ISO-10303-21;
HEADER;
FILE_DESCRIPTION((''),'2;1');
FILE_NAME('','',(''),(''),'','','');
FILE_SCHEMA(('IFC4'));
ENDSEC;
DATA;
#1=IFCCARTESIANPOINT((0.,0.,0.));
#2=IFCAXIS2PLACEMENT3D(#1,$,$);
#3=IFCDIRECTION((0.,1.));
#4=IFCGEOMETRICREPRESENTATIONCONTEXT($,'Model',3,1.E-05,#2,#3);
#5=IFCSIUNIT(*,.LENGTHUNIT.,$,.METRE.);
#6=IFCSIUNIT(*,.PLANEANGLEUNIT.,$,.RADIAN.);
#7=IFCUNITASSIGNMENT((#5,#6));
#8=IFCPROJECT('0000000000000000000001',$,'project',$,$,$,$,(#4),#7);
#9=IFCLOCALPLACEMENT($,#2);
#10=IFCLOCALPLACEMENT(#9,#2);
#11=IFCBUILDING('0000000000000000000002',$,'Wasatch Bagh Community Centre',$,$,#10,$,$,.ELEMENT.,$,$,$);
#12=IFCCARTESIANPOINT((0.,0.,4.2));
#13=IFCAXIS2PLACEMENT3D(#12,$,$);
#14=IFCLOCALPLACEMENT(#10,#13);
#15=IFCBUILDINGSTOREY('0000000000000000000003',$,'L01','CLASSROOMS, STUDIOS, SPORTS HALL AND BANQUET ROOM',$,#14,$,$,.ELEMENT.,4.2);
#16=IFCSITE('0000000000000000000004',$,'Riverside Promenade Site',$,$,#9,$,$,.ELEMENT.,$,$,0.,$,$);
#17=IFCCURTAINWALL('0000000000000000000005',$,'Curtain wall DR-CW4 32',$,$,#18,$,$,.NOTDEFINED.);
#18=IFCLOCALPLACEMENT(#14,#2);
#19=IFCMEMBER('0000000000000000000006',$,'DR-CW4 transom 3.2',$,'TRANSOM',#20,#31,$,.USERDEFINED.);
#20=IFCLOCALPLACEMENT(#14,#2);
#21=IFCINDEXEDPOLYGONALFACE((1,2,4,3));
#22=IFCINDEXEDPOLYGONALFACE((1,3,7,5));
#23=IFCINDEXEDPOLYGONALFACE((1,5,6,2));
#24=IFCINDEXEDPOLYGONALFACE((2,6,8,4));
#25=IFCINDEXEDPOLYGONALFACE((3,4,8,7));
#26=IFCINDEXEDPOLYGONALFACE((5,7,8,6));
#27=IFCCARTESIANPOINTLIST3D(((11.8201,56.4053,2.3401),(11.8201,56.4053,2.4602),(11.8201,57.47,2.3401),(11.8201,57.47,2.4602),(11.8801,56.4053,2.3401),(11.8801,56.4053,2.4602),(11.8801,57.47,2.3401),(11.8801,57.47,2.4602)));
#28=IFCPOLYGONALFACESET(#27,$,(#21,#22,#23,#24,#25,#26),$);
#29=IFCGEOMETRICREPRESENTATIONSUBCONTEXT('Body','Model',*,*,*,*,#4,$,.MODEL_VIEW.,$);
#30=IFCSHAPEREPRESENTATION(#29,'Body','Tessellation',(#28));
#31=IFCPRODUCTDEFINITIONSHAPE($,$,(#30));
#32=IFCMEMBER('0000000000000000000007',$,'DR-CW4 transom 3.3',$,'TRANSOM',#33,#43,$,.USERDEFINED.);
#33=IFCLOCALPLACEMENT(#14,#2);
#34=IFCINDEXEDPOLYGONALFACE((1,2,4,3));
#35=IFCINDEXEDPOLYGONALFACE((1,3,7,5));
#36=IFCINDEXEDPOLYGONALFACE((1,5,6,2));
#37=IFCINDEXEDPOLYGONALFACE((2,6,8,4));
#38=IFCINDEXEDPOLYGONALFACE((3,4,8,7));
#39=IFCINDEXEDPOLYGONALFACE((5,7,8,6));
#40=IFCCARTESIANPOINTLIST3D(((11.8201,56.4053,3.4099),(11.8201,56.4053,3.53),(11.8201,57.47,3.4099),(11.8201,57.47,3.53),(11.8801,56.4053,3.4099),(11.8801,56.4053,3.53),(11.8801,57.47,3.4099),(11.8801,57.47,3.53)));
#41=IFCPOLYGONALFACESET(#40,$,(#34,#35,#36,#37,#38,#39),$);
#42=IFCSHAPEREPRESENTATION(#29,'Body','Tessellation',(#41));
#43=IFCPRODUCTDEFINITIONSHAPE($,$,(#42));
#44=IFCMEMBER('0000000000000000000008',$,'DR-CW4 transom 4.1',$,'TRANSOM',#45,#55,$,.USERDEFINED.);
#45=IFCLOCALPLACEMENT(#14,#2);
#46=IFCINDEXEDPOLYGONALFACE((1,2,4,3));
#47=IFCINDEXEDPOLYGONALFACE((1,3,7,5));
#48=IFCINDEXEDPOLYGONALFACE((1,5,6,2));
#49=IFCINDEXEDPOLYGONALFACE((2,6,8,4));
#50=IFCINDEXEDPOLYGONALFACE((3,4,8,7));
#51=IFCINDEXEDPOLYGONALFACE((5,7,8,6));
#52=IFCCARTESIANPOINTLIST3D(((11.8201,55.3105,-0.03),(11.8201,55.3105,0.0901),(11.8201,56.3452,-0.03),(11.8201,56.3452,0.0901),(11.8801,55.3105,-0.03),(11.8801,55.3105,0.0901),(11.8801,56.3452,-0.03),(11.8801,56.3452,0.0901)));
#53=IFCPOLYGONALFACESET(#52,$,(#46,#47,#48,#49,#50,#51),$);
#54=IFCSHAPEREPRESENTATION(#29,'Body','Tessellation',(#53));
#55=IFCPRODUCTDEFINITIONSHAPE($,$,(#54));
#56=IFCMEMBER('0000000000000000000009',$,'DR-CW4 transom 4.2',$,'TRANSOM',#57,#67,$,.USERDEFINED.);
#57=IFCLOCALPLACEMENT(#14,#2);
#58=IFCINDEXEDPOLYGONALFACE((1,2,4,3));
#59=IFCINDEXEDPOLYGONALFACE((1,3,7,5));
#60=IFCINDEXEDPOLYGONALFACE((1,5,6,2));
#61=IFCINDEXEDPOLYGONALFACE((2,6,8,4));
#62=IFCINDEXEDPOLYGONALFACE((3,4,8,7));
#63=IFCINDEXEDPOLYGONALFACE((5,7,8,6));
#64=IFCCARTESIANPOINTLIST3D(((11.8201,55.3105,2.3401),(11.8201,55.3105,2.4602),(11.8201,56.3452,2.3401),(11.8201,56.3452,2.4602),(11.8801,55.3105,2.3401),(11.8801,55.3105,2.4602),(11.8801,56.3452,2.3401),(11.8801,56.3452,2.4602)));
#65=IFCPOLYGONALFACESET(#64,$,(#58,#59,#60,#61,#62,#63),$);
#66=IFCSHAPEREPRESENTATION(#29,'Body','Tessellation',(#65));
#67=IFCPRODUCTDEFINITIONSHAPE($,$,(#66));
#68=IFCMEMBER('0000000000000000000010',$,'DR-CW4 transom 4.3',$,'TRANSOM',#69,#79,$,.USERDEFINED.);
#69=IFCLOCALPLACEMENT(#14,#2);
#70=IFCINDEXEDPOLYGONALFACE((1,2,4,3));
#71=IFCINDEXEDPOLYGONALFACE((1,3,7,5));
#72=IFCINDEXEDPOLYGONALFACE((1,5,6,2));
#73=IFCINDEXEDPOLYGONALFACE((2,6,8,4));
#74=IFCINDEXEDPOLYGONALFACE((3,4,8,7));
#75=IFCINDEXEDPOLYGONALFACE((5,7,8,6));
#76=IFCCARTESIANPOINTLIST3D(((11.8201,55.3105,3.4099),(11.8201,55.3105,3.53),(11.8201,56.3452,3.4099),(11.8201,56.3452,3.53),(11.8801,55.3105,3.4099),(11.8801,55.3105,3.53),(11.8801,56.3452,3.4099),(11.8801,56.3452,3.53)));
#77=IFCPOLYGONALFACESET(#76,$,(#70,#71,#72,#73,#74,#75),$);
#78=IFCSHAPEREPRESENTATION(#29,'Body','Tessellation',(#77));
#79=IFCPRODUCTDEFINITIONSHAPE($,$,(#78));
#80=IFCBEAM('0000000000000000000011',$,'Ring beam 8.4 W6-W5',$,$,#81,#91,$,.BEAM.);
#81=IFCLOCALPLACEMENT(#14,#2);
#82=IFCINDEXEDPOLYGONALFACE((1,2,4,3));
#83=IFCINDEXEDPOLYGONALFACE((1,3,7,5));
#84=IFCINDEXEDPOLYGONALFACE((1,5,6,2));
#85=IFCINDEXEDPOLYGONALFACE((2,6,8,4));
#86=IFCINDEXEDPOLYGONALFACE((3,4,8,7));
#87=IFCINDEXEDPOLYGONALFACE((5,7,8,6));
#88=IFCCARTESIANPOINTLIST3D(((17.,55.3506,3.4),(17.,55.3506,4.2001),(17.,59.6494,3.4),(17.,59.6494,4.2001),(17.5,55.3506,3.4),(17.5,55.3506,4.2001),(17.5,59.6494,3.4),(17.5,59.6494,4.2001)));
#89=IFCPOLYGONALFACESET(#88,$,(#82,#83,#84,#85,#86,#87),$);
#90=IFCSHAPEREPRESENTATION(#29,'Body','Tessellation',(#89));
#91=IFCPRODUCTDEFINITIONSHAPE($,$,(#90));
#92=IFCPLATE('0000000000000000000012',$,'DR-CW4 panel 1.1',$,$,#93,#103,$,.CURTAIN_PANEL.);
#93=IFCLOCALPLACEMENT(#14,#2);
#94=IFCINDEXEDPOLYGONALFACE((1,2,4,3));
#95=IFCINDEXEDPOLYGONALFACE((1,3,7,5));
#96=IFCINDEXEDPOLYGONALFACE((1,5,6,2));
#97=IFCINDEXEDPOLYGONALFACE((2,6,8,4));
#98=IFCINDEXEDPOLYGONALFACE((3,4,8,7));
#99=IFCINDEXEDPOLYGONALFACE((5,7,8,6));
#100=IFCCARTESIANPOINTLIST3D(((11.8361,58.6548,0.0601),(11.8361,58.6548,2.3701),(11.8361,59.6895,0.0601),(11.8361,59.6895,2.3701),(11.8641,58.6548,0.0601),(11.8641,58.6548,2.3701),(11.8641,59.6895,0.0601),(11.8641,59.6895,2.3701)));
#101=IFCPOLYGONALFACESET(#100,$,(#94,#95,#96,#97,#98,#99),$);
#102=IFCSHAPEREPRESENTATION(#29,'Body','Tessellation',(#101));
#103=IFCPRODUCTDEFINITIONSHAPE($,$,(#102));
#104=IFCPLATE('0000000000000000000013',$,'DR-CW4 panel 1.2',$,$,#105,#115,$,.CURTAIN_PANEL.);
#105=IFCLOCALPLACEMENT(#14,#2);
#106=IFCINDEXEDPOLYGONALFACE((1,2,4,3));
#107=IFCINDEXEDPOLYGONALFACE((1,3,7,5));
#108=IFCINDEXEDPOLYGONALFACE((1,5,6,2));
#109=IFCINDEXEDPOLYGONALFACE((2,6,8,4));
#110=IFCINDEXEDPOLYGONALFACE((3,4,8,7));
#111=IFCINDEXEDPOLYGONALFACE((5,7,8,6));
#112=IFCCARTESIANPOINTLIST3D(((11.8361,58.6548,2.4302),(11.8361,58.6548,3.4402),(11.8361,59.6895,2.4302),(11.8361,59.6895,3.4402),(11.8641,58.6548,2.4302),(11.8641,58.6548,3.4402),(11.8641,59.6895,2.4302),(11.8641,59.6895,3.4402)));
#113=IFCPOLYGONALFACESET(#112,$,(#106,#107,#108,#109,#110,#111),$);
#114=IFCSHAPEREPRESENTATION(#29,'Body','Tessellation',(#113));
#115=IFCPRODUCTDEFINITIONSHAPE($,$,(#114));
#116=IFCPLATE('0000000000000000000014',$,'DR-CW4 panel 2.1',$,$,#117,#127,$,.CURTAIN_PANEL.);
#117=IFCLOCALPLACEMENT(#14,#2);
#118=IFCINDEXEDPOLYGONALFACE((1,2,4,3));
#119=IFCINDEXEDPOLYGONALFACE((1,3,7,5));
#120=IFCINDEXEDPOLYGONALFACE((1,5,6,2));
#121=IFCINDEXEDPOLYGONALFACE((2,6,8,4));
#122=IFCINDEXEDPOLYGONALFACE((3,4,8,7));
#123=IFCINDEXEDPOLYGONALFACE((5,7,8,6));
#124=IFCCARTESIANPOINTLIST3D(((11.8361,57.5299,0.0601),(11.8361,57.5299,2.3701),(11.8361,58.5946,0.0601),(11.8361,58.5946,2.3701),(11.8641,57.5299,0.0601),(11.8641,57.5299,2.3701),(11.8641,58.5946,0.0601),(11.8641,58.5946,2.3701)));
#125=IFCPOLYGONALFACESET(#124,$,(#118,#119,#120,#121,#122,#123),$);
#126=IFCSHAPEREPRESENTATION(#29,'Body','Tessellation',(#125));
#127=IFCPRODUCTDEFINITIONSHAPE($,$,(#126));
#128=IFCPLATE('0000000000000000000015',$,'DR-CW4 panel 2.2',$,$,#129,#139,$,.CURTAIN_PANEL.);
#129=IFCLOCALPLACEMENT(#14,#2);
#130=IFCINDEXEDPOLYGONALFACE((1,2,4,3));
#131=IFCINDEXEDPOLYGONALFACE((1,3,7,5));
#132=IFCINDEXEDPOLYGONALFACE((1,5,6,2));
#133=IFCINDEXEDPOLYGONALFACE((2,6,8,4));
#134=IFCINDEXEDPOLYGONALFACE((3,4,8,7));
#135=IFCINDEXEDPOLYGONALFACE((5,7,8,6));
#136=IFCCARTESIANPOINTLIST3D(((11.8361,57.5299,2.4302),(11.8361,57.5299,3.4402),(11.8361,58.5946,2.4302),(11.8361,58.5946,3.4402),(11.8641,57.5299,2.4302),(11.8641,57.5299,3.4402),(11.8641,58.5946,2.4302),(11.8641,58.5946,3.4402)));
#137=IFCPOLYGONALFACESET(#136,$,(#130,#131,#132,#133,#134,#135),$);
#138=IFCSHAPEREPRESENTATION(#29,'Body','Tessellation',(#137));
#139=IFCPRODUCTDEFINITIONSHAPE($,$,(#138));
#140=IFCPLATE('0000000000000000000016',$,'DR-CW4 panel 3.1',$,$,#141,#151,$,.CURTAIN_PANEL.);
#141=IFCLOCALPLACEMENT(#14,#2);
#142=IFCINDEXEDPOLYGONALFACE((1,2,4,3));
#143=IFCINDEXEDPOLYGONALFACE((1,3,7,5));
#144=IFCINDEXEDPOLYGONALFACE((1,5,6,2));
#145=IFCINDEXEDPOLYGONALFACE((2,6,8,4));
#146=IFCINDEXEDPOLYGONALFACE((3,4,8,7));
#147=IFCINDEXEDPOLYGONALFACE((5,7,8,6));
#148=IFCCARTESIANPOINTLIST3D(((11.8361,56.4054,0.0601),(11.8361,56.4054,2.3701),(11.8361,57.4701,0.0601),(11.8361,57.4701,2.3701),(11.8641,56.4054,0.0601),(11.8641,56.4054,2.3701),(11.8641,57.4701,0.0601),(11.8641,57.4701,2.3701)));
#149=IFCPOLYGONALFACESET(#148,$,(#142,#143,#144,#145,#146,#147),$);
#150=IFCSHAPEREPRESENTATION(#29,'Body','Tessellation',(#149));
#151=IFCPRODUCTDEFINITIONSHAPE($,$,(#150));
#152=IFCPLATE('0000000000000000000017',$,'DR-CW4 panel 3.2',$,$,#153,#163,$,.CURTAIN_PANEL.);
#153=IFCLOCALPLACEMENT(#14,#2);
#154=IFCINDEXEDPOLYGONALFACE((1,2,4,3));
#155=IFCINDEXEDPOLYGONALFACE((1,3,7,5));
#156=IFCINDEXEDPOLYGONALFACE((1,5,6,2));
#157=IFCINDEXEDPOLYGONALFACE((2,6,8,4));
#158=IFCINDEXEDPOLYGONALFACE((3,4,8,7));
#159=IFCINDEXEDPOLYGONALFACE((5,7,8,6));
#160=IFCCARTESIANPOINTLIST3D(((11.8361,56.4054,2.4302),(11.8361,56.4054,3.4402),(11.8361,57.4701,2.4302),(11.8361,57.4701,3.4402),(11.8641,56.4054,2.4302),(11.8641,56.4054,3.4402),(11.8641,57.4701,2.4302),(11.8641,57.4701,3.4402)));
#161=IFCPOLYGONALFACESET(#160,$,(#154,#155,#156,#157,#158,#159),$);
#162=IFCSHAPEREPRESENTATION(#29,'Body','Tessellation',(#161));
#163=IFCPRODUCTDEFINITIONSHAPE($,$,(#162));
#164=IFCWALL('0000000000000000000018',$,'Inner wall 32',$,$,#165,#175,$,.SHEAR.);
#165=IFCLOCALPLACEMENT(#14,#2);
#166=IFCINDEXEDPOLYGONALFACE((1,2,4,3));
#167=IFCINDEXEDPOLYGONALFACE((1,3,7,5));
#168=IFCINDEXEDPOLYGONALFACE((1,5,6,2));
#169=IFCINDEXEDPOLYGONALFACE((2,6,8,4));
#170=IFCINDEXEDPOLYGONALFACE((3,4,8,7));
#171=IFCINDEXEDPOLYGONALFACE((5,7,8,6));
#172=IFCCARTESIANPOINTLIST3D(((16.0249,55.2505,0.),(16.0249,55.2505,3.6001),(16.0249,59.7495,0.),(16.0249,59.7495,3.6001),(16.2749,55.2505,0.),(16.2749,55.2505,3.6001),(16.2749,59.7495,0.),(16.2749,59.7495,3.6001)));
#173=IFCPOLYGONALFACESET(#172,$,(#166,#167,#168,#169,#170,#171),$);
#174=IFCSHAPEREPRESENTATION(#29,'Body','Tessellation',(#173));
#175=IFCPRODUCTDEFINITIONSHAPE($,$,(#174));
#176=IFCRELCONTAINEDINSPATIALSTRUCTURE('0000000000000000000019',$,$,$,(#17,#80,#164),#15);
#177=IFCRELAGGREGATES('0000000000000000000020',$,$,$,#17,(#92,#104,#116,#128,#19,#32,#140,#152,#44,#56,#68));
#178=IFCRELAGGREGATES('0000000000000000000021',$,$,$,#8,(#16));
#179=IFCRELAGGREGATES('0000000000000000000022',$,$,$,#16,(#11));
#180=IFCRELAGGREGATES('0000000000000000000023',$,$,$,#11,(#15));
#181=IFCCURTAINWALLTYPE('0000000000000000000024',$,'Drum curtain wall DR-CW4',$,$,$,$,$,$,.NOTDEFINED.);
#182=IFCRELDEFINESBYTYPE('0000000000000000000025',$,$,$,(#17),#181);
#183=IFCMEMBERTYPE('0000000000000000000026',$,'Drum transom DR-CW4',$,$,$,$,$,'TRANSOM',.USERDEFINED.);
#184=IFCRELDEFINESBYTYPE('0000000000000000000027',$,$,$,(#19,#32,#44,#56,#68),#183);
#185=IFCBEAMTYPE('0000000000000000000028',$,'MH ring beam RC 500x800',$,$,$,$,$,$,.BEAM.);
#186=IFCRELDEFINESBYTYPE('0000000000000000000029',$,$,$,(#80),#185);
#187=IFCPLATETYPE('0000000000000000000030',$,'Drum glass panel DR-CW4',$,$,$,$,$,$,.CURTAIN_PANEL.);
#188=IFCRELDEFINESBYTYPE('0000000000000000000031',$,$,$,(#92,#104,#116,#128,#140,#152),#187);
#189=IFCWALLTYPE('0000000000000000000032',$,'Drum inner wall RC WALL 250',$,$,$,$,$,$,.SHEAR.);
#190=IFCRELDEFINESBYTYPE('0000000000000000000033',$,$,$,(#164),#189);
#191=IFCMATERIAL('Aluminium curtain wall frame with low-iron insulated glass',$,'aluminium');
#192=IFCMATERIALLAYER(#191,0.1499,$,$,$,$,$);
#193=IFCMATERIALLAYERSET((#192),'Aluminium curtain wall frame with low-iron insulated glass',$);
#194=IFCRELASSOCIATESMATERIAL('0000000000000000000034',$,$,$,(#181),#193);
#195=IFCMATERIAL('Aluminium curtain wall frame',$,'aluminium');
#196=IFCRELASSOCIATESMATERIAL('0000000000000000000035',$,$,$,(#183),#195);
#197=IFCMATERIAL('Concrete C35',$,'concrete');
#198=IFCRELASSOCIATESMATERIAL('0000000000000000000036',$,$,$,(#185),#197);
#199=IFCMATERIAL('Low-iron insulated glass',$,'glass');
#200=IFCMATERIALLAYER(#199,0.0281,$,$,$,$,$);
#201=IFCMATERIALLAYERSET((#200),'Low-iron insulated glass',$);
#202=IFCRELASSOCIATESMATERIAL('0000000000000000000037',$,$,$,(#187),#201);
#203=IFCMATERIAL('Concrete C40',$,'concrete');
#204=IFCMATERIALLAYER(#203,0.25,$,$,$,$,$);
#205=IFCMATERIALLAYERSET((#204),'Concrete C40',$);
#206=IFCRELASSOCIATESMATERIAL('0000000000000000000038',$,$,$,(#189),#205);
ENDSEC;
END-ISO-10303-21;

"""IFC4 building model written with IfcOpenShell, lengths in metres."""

from ifc_helpers import new_model, si_unit, direction, frame, frame_2d, origin, origin_2d, place, context, subcontext, project, spatial, rectangle, extrude, material, layer, layer_set, material_profile, profile_set, type_object, element, aggregate, save


model = new_model("IFC4")

# Units and contexts
model_context = context("Model", 3, precision=1e-05, world=origin(), true_north=direction((0.0, 1.0)))
body_context = subcontext(model_context, "Body", "Model", "MODEL_VIEW")
ifc_project = project(units=[si_unit("LENGTHUNIT", "METRE"), si_unit("PLANEANGLEUNIT", "RADIAN")], contexts=[model_context])

# Site, building, storey
site_placement = place(None, origin())
site = spatial("IfcSite", under=ifc_project, at=site_placement, Name="Riverside Promenade Site", CompositionType="ELEMENT", RefElevation=0.0)
building_placement = place(site_placement, origin())
building = spatial("IfcBuilding", under=site, at=building_placement, Name="Wasatch Bagh Community Centre", CompositionType="ELEMENT")
storey_placement = place(building_placement, frame((0.0, 0.0, 4.2)))
storey = spatial("IfcBuildingStorey", under=building, at=storey_placement, Name="L01", Description="CLASSROOMS, STUDIOS, SPORTS HALL AND BANQUET ROOM", CompositionType="ELEMENT", Elevation=4.2)

# Shared definitions
ifc_material_1 = material(Name="Concrete C40", Category="concrete")

# Curtain wall
ifc_material_2 = material(Name="Aluminium curtain wall frame with low-iron insulated glass", Category="aluminium")
ifc_layer_1 = layer(ifc_material_2, 0.1499)
ifc_layer_set_1 = layer_set([ifc_layer_1], Name="Aluminium curtain wall frame with low-iron insulated glass")
curtain_wall_type = type_object("IfcCurtainWallType", Name="Drum curtain wall DR-CW4", PredefinedType="NOTDEFINED", material=ifc_layer_set_1)
curtain_wall_placement = place(storey_placement, origin())
curtain_wall = element("IfcCurtainWall", 1, at=curtain_wall_placement, inside=storey, type_object=curtain_wall_type, Name="Curtain wall DR-CW4 32", PredefinedType="NOTDEFINED")
ifc_material_3 = material(Name="Aluminium curtain wall frame", Category="aluminium")

# Shared definitions
ifc_material_4 = material(Name="Concrete C35", Category="concrete")

# Members
ifc_material_profile_1 = material_profile(ifc_material_3, rectangle(XDim=0.0601, YDim=0.1201, at=origin_2d()), Name="Drum transom DR-CW4")
ifc_profile_set_1 = profile_set([ifc_material_profile_1], Name="Aluminium curtain wall frame")
member_type_1 = type_object("IfcMemberType", Name="Drum transom DR-CW4", ElementType="TRANSOM", PredefinedType="USERDEFINED", material=ifc_profile_set_1)
member_1_placement = place(storey_placement, frame((11.8501, 57.47, 2.4001), z_axis=(0.0, -1.0, 0.0), x_axis=(1.0, 0.0, 0.0)))
member_1 = element("IfcMember", 2, at=member_1_placement, type_object=member_type_1, Name="DR-CW4 transom 3.2", ObjectType="TRANSOM", PredefinedType="USERDEFINED", context=body_context, shape_type="SweptSolid", body=[
    extrude(rectangle(XDim=0.0601, YDim=0.1201, at=origin_2d()), origin(), (0.0, 0.0, 1.0), 1.0647),
])
member_2_placement = place(storey_placement, frame((11.8501, 57.47, 3.47), z_axis=(0.0, -1.0, 0.0), x_axis=(1.0, 0.0, 0.0)))
member_2 = element("IfcMember", 3, at=member_2_placement, type_object=member_type_1, Name="DR-CW4 transom 3.3", ObjectType="TRANSOM", PredefinedType="USERDEFINED", context=body_context, shape_type="SweptSolid", body=[
    extrude(rectangle(XDim=0.0601, YDim=0.1201, at=origin_2d()), origin(), (0.0, 0.0, 1.0), 1.0647),
])
member_3_placement = place(storey_placement, frame((11.8501, 56.3452, 0.03), z_axis=(0.0, -1.0, 0.0), x_axis=(1.0, 0.0, 0.0)))
member_3 = element("IfcMember", 4, at=member_3_placement, type_object=member_type_1, Name="DR-CW4 transom 4.1", ObjectType="TRANSOM", PredefinedType="USERDEFINED", context=body_context, shape_type="SweptSolid", body=[
    extrude(rectangle(XDim=0.0601, YDim=0.1201, at=origin_2d()), origin(), (0.0, 0.0, 1.0), 1.0347),
])
member_4_placement = place(storey_placement, frame((11.8501, 56.3452, 2.4001), z_axis=(0.0, -1.0, 0.0), x_axis=(1.0, 0.0, 0.0)))
member_4 = element("IfcMember", 5, at=member_4_placement, type_object=member_type_1, Name="DR-CW4 transom 4.2", ObjectType="TRANSOM", PredefinedType="USERDEFINED", context=body_context, shape_type="SweptSolid", body=[
    extrude(rectangle(XDim=0.0601, YDim=0.1201, at=origin_2d()), origin(), (0.0, 0.0, 1.0), 1.0347),
])
member_5_placement = place(storey_placement, frame((11.8501, 56.3452, 3.47), z_axis=(0.0, -1.0, 0.0), x_axis=(1.0, 0.0, 0.0)))
member_5 = element("IfcMember", 6, at=member_5_placement, type_object=member_type_1, Name="DR-CW4 transom 4.3", ObjectType="TRANSOM", PredefinedType="USERDEFINED", context=body_context, shape_type="SweptSolid", body=[
    extrude(rectangle(XDim=0.0601, YDim=0.1201, at=origin_2d()), origin(), (0.0, 0.0, 1.0), 1.0347),
])

# Beam
ifc_material_profile_2 = material_profile(ifc_material_4, rectangle(XDim=0.5, YDim=0.8, at=origin_2d()), Name="RC 500x800")
ifc_profile_set_2 = profile_set([ifc_material_profile_2], Name="Concrete C35")
beam_type_1 = type_object("IfcBeamType", Name="MH ring beam RC 500x800", PredefinedType="BEAM", material=ifc_profile_set_2)
beam_placement = place(storey_placement, frame((17.25, 59.6494, 3.8), z_axis=(0.0, -1.0, 0.0), x_axis=(1.0, 0.0, 0.0)))
element("IfcBeam", 7, at=beam_placement, inside=storey, type_object=beam_type_1, Name="Ring beam 8.4 W6-W5", PredefinedType="BEAM", context=body_context, shape_type="SweptSolid", body=[
    extrude(rectangle(XDim=0.5, YDim=0.8, at=origin_2d()), origin(), (0.0, 0.0, 1.0), 4.2988),
])

# Plates
ifc_material_5 = material(Name="Low-iron insulated glass", Category="glass")
ifc_layer_2 = layer(ifc_material_5, 0.0281)
ifc_layer_set_2 = layer_set([ifc_layer_2], Name="Low-iron insulated glass")
plate_type = type_object("IfcPlateType", Name="Drum glass panel DR-CW4", PredefinedType="CURTAIN_PANEL", material=ifc_layer_set_2)
plate_1_placement = place(storey_placement, frame((11.8501, 59.1721, 0.0601), z_axis=(0.0, 0.0, 1.0), x_axis=(0.0, -1.0, 0.0)))
plate_1 = element("IfcPlate", 8, at=plate_1_placement, type_object=plate_type, Name="DR-CW4 panel 1.1", PredefinedType="CURTAIN_PANEL", context=body_context, shape_type="SweptSolid", body=[
    extrude(rectangle(XDim=1.0347, YDim=0.0281, at=origin_2d()), origin(), (0.0, 0.0, 1.0), 2.3101),
])
plate_2_placement = place(storey_placement, frame((11.8501, 59.1721, 2.4302), z_axis=(0.0, 0.0, 1.0), x_axis=(0.0, -1.0, 0.0)))
plate_2 = element("IfcPlate", 9, at=plate_2_placement, type_object=plate_type, Name="DR-CW4 panel 1.2", PredefinedType="CURTAIN_PANEL", context=body_context, shape_type="SweptSolid", body=[
    extrude(rectangle(XDim=1.0347, YDim=0.0281, at=origin_2d()), origin(), (0.0, 0.0, 1.0), 1.01),
])
plate_3_placement = place(storey_placement, frame((11.8501, 58.0623, 0.0601), z_axis=(0.0, 0.0, 1.0), x_axis=(0.0, -1.0, 0.0)))
plate_3 = element("IfcPlate", 10, at=plate_3_placement, type_object=plate_type, Name="DR-CW4 panel 2.1", PredefinedType="CURTAIN_PANEL", context=body_context, shape_type="SweptSolid", body=[
    extrude(rectangle(XDim=1.0647, YDim=0.0281, at=origin_2d()), origin(), (0.0, 0.0, 1.0), 2.3101),
])
plate_4_placement = place(storey_placement, frame((11.8501, 58.0623, 2.4302), z_axis=(0.0, 0.0, 1.0), x_axis=(0.0, -1.0, 0.0)))
plate_4 = element("IfcPlate", 11, at=plate_4_placement, type_object=plate_type, Name="DR-CW4 panel 2.2", PredefinedType="CURTAIN_PANEL", context=body_context, shape_type="SweptSolid", body=[
    extrude(rectangle(XDim=1.0647, YDim=0.0281, at=origin_2d()), origin(), (0.0, 0.0, 1.0), 1.01),
])
plate_5_placement = place(storey_placement, frame((11.8501, 56.9377, 0.0601), z_axis=(0.0, 0.0, 1.0), x_axis=(0.0, -1.0, 0.0)))
plate_5 = element("IfcPlate", 12, at=plate_5_placement, type_object=plate_type, Name="DR-CW4 panel 3.1", PredefinedType="CURTAIN_PANEL", context=body_context, shape_type="SweptSolid", body=[
    extrude(rectangle(XDim=1.0647, YDim=0.0281, at=origin_2d()), origin(), (0.0, 0.0, 1.0), 2.3101),
])
plate_6_placement = place(storey_placement, frame((11.8501, 56.9377, 2.4302), z_axis=(0.0, 0.0, 1.0), x_axis=(0.0, -1.0, 0.0)))
plate_6 = element("IfcPlate", 13, at=plate_6_placement, type_object=plate_type, Name="DR-CW4 panel 3.2", PredefinedType="CURTAIN_PANEL", context=body_context, shape_type="SweptSolid", body=[
    extrude(rectangle(XDim=1.0647, YDim=0.0281, at=origin_2d()), origin(), (0.0, 0.0, 1.0), 1.01),
])
aggregate(curtain_wall, [plate_1, plate_2, plate_3, plate_4, member_1, member_2, plate_5, plate_6, member_3, member_4, member_5])

# Wall
ifc_layer_3 = layer(ifc_material_1, 0.25)
ifc_layer_set_3 = layer_set([ifc_layer_3], Name="Concrete C40")
wall_type_1 = type_object("IfcWallType", Name="Drum inner wall RC WALL 250", PredefinedType="SHEAR", material=ifc_layer_set_3)
wall_1_placement = place(storey_placement, frame((16.1499, 59.7495, 0.0), z_axis=(0.0, 0.0, 1.0), x_axis=(0.0, -1.0, 0.0)))
element("IfcWall", 14, at=wall_1_placement, inside=storey, type_object=wall_type_1, Name="Inner wall 32", PredefinedType="SHEAR", context=body_context, shape_type="SweptSolid", body=[
    extrude(rectangle(XDim=4.499, YDim=0.25, at=frame_2d((2.2495, 0.0))), origin(), (0.0, 0.0, 1.0), 3.6001),
])

save(model, "model.ifc")
